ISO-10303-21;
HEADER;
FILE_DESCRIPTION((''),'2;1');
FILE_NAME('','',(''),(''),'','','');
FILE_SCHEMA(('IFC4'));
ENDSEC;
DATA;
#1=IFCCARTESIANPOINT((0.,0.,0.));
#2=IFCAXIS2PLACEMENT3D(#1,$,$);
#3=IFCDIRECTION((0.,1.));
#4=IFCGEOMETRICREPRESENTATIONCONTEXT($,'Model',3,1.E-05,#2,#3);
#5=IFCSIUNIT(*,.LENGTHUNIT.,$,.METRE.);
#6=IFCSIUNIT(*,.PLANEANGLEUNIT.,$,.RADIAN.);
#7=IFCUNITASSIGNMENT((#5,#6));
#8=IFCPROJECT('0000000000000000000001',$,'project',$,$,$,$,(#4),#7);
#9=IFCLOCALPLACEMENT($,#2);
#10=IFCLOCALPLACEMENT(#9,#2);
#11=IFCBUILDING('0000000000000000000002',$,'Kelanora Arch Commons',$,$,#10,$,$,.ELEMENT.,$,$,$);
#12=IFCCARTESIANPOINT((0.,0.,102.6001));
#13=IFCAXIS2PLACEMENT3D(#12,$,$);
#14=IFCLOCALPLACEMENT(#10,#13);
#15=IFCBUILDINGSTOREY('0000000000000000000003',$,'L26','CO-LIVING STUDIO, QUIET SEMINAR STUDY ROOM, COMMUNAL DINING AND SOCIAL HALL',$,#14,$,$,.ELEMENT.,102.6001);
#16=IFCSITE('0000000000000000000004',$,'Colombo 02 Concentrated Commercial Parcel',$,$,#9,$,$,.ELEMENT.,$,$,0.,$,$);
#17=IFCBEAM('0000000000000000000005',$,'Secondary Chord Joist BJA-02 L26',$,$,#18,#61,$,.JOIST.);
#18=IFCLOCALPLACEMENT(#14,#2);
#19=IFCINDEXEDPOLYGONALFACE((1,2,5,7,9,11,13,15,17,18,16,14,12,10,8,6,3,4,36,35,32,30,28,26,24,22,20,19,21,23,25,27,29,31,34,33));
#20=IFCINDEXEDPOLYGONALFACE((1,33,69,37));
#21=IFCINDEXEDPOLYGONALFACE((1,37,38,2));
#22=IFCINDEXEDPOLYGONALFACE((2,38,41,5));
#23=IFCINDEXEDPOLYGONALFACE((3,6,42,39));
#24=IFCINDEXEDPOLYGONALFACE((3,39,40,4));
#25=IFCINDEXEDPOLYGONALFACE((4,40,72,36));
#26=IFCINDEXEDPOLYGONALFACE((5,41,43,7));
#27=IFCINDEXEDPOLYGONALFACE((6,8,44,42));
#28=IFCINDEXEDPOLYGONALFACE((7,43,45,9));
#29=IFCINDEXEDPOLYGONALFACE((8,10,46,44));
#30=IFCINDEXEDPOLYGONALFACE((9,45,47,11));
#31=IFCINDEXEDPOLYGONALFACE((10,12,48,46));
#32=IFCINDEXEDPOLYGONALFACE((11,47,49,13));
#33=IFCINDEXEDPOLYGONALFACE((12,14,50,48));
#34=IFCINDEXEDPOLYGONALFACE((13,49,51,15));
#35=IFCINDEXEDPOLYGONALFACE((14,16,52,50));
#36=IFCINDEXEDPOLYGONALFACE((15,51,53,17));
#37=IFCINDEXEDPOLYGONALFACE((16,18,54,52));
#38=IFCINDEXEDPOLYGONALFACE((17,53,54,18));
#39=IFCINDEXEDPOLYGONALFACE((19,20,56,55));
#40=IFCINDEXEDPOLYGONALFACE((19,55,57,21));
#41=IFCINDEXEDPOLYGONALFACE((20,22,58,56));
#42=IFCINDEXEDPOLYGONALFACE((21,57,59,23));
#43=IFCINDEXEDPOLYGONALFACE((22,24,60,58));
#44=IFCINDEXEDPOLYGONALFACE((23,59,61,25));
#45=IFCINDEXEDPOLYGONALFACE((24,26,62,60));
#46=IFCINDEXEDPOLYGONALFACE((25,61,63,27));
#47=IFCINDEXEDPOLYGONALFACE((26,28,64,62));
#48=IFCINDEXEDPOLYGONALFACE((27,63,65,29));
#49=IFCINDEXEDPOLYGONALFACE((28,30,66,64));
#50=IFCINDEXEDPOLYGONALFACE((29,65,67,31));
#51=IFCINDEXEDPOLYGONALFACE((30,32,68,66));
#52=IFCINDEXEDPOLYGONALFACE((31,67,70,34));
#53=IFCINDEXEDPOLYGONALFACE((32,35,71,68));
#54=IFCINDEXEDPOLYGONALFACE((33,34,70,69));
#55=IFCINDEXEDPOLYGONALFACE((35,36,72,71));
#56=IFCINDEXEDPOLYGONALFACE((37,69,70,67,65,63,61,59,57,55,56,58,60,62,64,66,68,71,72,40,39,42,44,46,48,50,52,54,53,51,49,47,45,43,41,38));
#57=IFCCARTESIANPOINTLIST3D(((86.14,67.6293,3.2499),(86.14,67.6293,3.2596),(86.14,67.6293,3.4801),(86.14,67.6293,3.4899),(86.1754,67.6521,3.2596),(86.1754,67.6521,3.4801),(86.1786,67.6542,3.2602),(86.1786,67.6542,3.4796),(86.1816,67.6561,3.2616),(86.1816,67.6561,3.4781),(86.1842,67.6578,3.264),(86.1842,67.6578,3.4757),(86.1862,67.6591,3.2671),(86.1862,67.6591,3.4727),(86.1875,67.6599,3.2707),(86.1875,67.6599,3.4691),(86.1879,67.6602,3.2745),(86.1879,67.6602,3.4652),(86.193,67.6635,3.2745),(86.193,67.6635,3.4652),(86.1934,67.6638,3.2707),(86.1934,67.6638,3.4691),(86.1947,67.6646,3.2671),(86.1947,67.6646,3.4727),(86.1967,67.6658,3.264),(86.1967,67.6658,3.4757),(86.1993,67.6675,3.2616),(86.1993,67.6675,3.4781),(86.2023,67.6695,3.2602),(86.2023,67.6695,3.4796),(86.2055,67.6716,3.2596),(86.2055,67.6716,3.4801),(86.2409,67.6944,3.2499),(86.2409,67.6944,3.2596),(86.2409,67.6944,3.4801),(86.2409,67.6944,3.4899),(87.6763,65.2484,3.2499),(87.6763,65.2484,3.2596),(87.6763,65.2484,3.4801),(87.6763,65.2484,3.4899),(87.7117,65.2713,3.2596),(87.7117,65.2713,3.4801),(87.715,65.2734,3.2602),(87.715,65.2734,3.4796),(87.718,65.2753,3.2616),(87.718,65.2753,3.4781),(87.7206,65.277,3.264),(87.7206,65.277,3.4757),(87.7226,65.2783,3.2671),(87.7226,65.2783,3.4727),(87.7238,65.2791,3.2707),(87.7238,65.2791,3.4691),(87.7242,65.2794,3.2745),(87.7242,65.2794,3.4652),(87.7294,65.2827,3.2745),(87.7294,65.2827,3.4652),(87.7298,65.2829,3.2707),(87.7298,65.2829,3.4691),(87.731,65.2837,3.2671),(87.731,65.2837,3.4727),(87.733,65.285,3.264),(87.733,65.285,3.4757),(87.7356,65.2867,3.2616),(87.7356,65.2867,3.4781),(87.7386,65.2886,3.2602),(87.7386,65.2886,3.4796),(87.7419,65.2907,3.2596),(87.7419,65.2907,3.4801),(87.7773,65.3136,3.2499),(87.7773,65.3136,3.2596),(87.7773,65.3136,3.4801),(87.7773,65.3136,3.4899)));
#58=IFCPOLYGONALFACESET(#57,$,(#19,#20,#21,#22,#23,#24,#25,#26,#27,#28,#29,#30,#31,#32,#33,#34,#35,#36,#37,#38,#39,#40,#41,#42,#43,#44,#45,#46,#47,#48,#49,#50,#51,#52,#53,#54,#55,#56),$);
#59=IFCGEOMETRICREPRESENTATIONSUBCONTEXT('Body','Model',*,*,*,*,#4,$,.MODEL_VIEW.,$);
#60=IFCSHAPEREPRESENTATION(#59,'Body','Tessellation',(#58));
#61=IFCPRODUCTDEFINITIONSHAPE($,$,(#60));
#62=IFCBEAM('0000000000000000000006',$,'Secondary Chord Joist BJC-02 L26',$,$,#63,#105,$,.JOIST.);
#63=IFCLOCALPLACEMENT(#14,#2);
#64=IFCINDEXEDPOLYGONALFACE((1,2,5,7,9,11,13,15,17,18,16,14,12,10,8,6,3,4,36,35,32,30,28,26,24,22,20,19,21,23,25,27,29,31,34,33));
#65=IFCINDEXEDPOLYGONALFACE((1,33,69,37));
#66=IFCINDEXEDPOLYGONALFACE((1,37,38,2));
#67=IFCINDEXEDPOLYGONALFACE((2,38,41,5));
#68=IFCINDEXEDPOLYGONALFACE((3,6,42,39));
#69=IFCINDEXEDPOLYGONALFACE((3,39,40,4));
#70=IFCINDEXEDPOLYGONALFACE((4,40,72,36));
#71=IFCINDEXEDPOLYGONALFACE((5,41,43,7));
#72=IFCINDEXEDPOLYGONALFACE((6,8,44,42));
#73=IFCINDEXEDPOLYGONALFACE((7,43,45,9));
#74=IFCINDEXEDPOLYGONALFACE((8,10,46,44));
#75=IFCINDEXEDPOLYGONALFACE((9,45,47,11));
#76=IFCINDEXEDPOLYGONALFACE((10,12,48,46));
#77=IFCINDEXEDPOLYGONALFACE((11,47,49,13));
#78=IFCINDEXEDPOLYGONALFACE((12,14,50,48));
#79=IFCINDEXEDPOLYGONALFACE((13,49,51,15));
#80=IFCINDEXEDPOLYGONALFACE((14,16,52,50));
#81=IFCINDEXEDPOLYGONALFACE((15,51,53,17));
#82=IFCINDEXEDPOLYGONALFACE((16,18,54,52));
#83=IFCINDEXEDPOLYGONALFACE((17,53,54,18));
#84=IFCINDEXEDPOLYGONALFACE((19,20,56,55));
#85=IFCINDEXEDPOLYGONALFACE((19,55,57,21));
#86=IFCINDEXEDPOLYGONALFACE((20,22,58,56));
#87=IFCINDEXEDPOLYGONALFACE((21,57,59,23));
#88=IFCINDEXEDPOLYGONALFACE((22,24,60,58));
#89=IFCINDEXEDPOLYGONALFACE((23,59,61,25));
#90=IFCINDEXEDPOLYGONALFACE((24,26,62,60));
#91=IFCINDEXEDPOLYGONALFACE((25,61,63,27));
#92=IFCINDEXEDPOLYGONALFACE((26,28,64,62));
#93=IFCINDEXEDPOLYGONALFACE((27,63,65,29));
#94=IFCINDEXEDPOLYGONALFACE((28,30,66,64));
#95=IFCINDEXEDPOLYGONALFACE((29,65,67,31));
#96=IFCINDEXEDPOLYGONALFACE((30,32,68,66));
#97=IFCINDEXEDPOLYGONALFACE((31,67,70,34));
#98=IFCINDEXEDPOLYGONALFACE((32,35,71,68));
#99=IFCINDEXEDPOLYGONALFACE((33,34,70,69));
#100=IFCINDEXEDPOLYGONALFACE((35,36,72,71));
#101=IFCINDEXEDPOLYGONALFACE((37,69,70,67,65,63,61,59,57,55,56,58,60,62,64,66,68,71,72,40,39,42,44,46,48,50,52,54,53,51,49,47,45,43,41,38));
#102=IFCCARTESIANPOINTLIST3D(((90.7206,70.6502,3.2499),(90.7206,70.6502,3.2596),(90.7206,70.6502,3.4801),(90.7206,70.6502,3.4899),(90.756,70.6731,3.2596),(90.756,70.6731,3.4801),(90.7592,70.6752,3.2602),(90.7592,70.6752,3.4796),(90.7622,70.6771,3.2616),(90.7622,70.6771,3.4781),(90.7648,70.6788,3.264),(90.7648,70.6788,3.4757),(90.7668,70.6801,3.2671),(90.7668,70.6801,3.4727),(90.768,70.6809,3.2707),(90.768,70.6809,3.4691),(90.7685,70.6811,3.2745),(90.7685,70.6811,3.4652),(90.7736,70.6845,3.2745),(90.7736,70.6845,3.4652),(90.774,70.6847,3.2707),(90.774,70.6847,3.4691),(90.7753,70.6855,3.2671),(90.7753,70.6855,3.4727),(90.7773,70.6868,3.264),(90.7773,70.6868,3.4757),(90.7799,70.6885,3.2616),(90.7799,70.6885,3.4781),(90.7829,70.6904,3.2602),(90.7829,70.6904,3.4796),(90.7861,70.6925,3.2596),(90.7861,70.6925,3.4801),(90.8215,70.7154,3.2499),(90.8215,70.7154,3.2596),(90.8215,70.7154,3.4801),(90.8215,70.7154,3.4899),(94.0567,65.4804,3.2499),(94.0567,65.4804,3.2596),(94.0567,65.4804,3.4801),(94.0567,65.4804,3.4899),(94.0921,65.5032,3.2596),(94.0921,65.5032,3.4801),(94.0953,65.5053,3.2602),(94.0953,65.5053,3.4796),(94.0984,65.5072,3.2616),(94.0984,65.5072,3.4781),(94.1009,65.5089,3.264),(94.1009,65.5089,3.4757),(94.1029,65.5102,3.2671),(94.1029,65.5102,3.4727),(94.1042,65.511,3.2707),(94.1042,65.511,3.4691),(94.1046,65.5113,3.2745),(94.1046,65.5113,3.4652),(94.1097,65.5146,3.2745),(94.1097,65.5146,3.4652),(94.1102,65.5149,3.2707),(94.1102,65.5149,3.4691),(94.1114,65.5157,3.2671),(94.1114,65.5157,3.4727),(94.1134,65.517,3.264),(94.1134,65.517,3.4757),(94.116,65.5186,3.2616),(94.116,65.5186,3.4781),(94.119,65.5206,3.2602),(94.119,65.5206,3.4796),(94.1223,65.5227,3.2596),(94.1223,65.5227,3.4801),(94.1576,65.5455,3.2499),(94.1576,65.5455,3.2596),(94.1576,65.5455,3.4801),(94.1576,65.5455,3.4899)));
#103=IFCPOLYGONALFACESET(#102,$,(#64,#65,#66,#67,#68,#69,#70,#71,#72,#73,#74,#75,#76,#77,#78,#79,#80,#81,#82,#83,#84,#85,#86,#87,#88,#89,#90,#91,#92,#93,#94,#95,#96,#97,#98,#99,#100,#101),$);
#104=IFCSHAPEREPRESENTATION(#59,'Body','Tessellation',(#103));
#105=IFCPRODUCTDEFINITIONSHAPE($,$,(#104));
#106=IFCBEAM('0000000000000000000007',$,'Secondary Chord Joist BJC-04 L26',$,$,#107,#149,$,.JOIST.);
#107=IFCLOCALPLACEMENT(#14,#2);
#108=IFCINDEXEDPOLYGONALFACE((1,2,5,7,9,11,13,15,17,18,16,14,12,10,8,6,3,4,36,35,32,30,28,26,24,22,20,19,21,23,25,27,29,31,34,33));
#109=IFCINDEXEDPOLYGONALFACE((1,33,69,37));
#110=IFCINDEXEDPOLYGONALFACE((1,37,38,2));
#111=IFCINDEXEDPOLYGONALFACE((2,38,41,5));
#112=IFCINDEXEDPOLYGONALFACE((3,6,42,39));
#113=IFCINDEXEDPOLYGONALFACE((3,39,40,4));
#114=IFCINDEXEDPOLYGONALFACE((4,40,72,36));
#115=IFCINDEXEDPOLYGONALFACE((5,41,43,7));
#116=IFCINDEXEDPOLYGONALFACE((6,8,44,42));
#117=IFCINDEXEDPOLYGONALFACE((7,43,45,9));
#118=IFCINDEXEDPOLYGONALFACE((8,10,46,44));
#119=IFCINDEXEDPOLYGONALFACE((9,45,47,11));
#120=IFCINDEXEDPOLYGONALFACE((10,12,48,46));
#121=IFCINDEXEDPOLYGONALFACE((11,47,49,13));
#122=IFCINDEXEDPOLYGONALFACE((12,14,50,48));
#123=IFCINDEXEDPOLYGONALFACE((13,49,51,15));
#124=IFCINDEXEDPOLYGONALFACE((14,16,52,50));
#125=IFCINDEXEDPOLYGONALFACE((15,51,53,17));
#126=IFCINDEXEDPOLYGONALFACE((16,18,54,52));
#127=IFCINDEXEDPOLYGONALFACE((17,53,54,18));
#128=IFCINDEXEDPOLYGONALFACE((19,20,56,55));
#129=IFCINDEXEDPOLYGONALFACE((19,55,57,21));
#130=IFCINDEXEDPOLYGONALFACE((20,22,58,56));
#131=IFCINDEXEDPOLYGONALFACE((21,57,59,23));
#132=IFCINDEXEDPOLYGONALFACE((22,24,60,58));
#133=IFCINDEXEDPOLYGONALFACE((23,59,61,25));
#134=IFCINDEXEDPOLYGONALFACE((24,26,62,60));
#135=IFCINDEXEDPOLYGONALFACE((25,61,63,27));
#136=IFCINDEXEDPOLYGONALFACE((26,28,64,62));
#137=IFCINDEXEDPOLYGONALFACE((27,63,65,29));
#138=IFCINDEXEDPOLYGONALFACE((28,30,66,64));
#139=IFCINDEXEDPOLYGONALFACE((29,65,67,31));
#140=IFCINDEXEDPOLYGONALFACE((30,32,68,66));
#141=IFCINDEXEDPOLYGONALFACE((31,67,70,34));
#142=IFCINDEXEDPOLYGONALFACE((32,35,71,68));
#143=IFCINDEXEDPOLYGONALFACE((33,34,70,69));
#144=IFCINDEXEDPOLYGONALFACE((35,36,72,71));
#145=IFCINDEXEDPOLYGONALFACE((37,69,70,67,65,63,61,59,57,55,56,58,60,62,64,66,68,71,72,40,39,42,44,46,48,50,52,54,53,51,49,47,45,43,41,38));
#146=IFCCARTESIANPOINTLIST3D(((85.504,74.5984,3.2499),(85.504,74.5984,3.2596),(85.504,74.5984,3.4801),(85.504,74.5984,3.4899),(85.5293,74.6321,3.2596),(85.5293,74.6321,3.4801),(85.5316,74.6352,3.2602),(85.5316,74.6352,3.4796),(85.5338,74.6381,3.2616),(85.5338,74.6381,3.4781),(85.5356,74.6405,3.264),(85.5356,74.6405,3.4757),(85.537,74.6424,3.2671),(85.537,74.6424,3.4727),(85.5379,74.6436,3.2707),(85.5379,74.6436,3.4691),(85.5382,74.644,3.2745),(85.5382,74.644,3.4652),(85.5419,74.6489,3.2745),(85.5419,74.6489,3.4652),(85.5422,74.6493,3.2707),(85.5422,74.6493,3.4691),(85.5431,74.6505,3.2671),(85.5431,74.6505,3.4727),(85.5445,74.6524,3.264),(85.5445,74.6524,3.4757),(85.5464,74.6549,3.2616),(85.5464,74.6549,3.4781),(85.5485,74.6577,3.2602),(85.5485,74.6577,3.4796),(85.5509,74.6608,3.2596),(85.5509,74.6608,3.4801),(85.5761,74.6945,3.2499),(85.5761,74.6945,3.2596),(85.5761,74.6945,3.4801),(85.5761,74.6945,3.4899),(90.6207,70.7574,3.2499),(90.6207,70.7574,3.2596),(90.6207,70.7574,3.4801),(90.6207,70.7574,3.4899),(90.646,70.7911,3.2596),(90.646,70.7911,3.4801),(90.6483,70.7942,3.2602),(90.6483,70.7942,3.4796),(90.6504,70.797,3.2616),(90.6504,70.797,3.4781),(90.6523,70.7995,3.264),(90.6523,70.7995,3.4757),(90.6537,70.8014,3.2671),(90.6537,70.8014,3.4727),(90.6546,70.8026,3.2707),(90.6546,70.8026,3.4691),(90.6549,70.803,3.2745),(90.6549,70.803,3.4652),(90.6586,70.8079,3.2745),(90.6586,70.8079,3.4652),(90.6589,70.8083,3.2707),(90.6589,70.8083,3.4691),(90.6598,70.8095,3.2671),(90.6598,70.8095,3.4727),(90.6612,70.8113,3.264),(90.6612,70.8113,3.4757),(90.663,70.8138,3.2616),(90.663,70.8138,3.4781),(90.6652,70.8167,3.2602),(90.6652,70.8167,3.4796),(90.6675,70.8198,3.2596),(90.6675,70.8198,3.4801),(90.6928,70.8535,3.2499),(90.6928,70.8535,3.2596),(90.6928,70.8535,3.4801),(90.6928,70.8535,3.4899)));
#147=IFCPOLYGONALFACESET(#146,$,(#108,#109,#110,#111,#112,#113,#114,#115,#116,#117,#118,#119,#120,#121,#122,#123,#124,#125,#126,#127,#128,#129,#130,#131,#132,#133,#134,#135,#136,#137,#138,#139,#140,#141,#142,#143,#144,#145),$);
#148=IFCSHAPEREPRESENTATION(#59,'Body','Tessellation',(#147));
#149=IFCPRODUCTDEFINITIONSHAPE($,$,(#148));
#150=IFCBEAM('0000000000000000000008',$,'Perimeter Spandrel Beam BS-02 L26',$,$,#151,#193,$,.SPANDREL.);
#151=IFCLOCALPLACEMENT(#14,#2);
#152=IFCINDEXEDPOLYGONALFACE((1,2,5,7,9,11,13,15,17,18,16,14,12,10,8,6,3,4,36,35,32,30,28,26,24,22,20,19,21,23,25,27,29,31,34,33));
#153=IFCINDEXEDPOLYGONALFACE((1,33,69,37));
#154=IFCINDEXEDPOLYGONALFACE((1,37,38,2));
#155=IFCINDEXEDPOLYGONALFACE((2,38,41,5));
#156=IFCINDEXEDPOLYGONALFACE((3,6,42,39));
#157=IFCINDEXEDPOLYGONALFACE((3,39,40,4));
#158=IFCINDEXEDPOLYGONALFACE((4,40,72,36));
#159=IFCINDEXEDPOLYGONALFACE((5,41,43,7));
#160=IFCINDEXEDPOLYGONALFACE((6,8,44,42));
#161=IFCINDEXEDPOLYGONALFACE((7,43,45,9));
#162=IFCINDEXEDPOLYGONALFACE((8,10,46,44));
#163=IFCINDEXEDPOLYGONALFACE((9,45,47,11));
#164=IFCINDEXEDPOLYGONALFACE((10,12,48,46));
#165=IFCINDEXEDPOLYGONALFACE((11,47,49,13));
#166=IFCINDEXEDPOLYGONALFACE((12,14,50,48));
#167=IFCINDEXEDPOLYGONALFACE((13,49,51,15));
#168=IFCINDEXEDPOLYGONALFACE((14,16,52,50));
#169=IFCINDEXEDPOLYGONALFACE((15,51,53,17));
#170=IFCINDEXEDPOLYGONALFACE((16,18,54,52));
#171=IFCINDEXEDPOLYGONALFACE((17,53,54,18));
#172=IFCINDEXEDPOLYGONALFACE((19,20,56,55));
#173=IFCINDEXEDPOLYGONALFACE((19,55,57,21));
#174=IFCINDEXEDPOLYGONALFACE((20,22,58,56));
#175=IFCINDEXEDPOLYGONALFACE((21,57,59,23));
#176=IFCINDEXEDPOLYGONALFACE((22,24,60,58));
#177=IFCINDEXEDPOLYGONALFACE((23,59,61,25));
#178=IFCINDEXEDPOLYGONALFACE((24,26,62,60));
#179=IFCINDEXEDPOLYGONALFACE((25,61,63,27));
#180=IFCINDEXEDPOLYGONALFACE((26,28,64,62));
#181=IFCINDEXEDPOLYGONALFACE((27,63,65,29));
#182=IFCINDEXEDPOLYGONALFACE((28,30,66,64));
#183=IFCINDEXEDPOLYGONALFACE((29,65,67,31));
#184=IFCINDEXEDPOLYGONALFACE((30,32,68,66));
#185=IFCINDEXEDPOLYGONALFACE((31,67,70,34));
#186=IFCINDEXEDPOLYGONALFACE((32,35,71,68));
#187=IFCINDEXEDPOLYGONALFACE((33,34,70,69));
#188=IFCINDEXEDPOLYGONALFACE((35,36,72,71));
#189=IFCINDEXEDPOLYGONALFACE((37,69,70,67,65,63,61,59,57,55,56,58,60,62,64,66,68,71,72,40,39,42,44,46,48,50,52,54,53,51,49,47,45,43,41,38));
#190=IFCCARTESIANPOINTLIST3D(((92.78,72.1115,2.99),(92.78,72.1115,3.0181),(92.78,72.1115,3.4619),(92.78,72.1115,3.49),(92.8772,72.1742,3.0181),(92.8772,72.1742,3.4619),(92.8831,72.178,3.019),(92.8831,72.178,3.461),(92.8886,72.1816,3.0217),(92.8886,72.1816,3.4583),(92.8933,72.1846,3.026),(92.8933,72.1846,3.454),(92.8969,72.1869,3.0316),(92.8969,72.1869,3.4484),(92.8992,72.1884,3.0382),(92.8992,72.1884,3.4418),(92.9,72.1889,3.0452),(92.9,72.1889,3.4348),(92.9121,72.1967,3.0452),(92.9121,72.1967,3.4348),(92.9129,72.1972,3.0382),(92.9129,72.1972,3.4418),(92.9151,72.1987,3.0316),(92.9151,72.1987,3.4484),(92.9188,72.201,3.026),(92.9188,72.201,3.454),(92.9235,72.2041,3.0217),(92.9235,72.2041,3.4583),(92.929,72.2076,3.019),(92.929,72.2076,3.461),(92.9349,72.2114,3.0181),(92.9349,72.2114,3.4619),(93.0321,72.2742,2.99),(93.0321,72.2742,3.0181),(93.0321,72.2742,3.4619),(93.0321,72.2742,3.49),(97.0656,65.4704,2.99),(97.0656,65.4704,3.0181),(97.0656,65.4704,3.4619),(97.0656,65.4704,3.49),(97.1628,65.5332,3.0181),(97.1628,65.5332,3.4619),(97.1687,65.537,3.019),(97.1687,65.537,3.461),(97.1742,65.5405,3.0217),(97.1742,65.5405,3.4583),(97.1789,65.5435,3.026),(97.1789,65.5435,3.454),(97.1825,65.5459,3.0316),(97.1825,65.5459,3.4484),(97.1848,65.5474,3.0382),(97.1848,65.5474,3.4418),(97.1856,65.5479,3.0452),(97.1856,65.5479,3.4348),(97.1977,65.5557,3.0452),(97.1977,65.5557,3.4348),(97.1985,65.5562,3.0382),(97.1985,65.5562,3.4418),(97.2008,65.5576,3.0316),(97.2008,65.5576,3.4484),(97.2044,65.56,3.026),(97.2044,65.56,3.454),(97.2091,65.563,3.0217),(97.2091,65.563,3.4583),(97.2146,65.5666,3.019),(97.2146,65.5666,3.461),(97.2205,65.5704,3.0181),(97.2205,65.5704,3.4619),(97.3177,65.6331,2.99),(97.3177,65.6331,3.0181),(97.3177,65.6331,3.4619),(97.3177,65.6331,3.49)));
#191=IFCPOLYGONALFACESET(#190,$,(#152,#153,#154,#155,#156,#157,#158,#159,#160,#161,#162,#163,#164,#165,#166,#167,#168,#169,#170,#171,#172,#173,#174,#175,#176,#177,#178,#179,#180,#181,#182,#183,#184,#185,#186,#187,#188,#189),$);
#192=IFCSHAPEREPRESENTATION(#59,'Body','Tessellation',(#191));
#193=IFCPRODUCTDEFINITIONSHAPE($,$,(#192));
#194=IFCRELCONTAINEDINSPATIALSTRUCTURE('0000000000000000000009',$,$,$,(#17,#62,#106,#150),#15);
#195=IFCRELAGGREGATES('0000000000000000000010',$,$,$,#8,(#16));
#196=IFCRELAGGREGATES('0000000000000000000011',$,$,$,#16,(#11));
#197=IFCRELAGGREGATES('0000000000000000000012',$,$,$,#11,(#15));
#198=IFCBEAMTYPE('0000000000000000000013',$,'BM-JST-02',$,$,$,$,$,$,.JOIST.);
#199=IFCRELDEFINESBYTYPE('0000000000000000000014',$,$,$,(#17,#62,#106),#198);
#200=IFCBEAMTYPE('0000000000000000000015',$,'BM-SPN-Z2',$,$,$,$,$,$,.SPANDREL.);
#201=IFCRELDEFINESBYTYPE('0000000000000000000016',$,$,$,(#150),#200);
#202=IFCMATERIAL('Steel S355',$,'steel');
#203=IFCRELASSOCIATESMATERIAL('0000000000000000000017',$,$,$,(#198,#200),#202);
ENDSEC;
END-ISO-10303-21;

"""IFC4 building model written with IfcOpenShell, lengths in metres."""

from ifc_helpers import new_model, si_unit, direction, frame, origin, origin_2d, place, context, subcontext, project, spatial, i_section, extrude, material, material_profile, profile_set, type_object, element, save


model = new_model("IFC4")

# Units and contexts
model_context = context("Model", 3, precision=1e-05, world=origin(), true_north=direction((0.0, 1.0)))
body_context = subcontext(model_context, "Body", "Model", "MODEL_VIEW")
ifc_project = project(units=[si_unit("LENGTHUNIT", "METRE"), si_unit("PLANEANGLEUNIT", "RADIAN")], contexts=[model_context])

# Site, building, storey
site_placement = place(None, origin())
site = spatial("IfcSite", under=ifc_project, at=site_placement, Name="Colombo 02 Concentrated Commercial Parcel", CompositionType="ELEMENT", RefElevation=0.0)
building_placement = place(site_placement, origin())
building = spatial("IfcBuilding", under=site, at=building_placement, Name="Kelanora Arch Commons", CompositionType="ELEMENT")
storey_placement = place(building_placement, frame((0.0, 0.0, 102.6001)))
storey = spatial("IfcBuildingStorey", under=building, at=storey_placement, Name="L26", Description="CO-LIVING STUDIO, QUIET SEMINAR STUDY ROOM, COMMUNAL DINING AND SOCIAL HALL", CompositionType="ELEMENT", Elevation=102.6001)

# Beams
ifc_material_1 = material(Name="Steel S355", Category="steel")
ifc_material_profile_1 = material_profile(ifc_material_1, i_section(OverallWidth=0.1201, OverallDepth=0.24, WebThickness=0.0061, FlangeThickness=0.0098, FilletRadius=0.0149, at=origin_2d()), Name="IPE240")
ifc_profile_set_1 = profile_set([ifc_material_profile_1], Name="Steel S355")
beam_type_1 = type_object("IfcBeamType", Name="BM-JST-02", PredefinedType="JOIST", material=ifc_profile_set_1)
beam_1_placement = place(storey_placement, frame((87.7268, 65.281, 3.3699), z_axis=(-0.542211, 0.840242, 0.0), x_axis=(-0.840242, -0.542211, 0.0)))
element("IfcBeam", 1, at=beam_1_placement, inside=storey, type_object=beam_type_1, Name="Secondary Chord Joist BJA-02 L26", PredefinedType="JOIST", context=body_context, shape_type="SweptSolid", body=[
    extrude(i_section(OverallWidth=0.1201, OverallDepth=0.24, WebThickness=0.0061, FlangeThickness=0.0098, FilletRadius=0.0149, at=origin_2d()), origin(), (0.0, 0.0, 1.0), 2.8335),
])
beam_2_placement = place(storey_placement, frame((94.1072, 65.5129, 3.3699), z_axis=(-0.542213, 0.840241, 0.0), x_axis=(-0.840241, -0.542213, 0.0)))
element("IfcBeam", 2, at=beam_2_placement, inside=storey, type_object=beam_type_1, Name="Secondary Chord Joist BJC-02 L26", PredefinedType="JOIST", context=body_context, shape_type="SweptSolid", body=[
    extrude(i_section(OverallWidth=0.1201, OverallDepth=0.24, WebThickness=0.0061, FlangeThickness=0.0098, FilletRadius=0.0149, at=origin_2d()), origin(), (0.0, 0.0, 1.0), 6.1528),
])
beam_3_placement = place(storey_placement, frame((90.6567, 70.8054, 3.3699), z_axis=(-0.799734, 0.600354, 0.0), x_axis=(-0.600354, -0.799734, 0.0)))
element("IfcBeam", 3, at=beam_3_placement, inside=storey, type_object=beam_type_1, Name="Secondary Chord Joist BJC-04 L26", PredefinedType="JOIST", context=body_context, shape_type="SweptSolid", body=[
    extrude(i_section(OverallWidth=0.1201, OverallDepth=0.24, WebThickness=0.0061, FlangeThickness=0.0098, FilletRadius=0.0149, at=origin_2d()), origin(), (0.0, 0.0, 1.0), 6.3979),
])
ifc_material_profile_2 = material_profile(ifc_material_1, i_section(OverallWidth=0.3, OverallDepth=0.5, WebThickness=0.0144, FlangeThickness=0.0281, FilletRadius=0.0271, at=origin_2d()), Name="HEB500")
ifc_profile_set_2 = profile_set([ifc_material_profile_2], Name="Steel S355")
beam_type_2 = type_object("IfcBeamType", Name="BM-SPN-Z2", PredefinedType="SPANDREL", material=ifc_profile_set_2)
beam_4_placement = place(storey_placement, frame((97.1917, 65.5518, 3.24), z_axis=(-0.542221, 0.840236, 0.0), x_axis=(-0.840236, -0.542221, 0.0)))
element("IfcBeam", 4, at=beam_4_placement, inside=storey, type_object=beam_type_2, Name="Perimeter Spandrel Beam BS-02 L26", PredefinedType="SPANDREL", context=body_context, shape_type="SweptSolid", body=[
    extrude(i_section(OverallWidth=0.3, OverallDepth=0.5, WebThickness=0.0144, FlangeThickness=0.0281, FilletRadius=0.0271, at=origin_2d()), origin(), (0.0, 0.0, 1.0), 7.9038),
])

save(model, "model.ifc")
